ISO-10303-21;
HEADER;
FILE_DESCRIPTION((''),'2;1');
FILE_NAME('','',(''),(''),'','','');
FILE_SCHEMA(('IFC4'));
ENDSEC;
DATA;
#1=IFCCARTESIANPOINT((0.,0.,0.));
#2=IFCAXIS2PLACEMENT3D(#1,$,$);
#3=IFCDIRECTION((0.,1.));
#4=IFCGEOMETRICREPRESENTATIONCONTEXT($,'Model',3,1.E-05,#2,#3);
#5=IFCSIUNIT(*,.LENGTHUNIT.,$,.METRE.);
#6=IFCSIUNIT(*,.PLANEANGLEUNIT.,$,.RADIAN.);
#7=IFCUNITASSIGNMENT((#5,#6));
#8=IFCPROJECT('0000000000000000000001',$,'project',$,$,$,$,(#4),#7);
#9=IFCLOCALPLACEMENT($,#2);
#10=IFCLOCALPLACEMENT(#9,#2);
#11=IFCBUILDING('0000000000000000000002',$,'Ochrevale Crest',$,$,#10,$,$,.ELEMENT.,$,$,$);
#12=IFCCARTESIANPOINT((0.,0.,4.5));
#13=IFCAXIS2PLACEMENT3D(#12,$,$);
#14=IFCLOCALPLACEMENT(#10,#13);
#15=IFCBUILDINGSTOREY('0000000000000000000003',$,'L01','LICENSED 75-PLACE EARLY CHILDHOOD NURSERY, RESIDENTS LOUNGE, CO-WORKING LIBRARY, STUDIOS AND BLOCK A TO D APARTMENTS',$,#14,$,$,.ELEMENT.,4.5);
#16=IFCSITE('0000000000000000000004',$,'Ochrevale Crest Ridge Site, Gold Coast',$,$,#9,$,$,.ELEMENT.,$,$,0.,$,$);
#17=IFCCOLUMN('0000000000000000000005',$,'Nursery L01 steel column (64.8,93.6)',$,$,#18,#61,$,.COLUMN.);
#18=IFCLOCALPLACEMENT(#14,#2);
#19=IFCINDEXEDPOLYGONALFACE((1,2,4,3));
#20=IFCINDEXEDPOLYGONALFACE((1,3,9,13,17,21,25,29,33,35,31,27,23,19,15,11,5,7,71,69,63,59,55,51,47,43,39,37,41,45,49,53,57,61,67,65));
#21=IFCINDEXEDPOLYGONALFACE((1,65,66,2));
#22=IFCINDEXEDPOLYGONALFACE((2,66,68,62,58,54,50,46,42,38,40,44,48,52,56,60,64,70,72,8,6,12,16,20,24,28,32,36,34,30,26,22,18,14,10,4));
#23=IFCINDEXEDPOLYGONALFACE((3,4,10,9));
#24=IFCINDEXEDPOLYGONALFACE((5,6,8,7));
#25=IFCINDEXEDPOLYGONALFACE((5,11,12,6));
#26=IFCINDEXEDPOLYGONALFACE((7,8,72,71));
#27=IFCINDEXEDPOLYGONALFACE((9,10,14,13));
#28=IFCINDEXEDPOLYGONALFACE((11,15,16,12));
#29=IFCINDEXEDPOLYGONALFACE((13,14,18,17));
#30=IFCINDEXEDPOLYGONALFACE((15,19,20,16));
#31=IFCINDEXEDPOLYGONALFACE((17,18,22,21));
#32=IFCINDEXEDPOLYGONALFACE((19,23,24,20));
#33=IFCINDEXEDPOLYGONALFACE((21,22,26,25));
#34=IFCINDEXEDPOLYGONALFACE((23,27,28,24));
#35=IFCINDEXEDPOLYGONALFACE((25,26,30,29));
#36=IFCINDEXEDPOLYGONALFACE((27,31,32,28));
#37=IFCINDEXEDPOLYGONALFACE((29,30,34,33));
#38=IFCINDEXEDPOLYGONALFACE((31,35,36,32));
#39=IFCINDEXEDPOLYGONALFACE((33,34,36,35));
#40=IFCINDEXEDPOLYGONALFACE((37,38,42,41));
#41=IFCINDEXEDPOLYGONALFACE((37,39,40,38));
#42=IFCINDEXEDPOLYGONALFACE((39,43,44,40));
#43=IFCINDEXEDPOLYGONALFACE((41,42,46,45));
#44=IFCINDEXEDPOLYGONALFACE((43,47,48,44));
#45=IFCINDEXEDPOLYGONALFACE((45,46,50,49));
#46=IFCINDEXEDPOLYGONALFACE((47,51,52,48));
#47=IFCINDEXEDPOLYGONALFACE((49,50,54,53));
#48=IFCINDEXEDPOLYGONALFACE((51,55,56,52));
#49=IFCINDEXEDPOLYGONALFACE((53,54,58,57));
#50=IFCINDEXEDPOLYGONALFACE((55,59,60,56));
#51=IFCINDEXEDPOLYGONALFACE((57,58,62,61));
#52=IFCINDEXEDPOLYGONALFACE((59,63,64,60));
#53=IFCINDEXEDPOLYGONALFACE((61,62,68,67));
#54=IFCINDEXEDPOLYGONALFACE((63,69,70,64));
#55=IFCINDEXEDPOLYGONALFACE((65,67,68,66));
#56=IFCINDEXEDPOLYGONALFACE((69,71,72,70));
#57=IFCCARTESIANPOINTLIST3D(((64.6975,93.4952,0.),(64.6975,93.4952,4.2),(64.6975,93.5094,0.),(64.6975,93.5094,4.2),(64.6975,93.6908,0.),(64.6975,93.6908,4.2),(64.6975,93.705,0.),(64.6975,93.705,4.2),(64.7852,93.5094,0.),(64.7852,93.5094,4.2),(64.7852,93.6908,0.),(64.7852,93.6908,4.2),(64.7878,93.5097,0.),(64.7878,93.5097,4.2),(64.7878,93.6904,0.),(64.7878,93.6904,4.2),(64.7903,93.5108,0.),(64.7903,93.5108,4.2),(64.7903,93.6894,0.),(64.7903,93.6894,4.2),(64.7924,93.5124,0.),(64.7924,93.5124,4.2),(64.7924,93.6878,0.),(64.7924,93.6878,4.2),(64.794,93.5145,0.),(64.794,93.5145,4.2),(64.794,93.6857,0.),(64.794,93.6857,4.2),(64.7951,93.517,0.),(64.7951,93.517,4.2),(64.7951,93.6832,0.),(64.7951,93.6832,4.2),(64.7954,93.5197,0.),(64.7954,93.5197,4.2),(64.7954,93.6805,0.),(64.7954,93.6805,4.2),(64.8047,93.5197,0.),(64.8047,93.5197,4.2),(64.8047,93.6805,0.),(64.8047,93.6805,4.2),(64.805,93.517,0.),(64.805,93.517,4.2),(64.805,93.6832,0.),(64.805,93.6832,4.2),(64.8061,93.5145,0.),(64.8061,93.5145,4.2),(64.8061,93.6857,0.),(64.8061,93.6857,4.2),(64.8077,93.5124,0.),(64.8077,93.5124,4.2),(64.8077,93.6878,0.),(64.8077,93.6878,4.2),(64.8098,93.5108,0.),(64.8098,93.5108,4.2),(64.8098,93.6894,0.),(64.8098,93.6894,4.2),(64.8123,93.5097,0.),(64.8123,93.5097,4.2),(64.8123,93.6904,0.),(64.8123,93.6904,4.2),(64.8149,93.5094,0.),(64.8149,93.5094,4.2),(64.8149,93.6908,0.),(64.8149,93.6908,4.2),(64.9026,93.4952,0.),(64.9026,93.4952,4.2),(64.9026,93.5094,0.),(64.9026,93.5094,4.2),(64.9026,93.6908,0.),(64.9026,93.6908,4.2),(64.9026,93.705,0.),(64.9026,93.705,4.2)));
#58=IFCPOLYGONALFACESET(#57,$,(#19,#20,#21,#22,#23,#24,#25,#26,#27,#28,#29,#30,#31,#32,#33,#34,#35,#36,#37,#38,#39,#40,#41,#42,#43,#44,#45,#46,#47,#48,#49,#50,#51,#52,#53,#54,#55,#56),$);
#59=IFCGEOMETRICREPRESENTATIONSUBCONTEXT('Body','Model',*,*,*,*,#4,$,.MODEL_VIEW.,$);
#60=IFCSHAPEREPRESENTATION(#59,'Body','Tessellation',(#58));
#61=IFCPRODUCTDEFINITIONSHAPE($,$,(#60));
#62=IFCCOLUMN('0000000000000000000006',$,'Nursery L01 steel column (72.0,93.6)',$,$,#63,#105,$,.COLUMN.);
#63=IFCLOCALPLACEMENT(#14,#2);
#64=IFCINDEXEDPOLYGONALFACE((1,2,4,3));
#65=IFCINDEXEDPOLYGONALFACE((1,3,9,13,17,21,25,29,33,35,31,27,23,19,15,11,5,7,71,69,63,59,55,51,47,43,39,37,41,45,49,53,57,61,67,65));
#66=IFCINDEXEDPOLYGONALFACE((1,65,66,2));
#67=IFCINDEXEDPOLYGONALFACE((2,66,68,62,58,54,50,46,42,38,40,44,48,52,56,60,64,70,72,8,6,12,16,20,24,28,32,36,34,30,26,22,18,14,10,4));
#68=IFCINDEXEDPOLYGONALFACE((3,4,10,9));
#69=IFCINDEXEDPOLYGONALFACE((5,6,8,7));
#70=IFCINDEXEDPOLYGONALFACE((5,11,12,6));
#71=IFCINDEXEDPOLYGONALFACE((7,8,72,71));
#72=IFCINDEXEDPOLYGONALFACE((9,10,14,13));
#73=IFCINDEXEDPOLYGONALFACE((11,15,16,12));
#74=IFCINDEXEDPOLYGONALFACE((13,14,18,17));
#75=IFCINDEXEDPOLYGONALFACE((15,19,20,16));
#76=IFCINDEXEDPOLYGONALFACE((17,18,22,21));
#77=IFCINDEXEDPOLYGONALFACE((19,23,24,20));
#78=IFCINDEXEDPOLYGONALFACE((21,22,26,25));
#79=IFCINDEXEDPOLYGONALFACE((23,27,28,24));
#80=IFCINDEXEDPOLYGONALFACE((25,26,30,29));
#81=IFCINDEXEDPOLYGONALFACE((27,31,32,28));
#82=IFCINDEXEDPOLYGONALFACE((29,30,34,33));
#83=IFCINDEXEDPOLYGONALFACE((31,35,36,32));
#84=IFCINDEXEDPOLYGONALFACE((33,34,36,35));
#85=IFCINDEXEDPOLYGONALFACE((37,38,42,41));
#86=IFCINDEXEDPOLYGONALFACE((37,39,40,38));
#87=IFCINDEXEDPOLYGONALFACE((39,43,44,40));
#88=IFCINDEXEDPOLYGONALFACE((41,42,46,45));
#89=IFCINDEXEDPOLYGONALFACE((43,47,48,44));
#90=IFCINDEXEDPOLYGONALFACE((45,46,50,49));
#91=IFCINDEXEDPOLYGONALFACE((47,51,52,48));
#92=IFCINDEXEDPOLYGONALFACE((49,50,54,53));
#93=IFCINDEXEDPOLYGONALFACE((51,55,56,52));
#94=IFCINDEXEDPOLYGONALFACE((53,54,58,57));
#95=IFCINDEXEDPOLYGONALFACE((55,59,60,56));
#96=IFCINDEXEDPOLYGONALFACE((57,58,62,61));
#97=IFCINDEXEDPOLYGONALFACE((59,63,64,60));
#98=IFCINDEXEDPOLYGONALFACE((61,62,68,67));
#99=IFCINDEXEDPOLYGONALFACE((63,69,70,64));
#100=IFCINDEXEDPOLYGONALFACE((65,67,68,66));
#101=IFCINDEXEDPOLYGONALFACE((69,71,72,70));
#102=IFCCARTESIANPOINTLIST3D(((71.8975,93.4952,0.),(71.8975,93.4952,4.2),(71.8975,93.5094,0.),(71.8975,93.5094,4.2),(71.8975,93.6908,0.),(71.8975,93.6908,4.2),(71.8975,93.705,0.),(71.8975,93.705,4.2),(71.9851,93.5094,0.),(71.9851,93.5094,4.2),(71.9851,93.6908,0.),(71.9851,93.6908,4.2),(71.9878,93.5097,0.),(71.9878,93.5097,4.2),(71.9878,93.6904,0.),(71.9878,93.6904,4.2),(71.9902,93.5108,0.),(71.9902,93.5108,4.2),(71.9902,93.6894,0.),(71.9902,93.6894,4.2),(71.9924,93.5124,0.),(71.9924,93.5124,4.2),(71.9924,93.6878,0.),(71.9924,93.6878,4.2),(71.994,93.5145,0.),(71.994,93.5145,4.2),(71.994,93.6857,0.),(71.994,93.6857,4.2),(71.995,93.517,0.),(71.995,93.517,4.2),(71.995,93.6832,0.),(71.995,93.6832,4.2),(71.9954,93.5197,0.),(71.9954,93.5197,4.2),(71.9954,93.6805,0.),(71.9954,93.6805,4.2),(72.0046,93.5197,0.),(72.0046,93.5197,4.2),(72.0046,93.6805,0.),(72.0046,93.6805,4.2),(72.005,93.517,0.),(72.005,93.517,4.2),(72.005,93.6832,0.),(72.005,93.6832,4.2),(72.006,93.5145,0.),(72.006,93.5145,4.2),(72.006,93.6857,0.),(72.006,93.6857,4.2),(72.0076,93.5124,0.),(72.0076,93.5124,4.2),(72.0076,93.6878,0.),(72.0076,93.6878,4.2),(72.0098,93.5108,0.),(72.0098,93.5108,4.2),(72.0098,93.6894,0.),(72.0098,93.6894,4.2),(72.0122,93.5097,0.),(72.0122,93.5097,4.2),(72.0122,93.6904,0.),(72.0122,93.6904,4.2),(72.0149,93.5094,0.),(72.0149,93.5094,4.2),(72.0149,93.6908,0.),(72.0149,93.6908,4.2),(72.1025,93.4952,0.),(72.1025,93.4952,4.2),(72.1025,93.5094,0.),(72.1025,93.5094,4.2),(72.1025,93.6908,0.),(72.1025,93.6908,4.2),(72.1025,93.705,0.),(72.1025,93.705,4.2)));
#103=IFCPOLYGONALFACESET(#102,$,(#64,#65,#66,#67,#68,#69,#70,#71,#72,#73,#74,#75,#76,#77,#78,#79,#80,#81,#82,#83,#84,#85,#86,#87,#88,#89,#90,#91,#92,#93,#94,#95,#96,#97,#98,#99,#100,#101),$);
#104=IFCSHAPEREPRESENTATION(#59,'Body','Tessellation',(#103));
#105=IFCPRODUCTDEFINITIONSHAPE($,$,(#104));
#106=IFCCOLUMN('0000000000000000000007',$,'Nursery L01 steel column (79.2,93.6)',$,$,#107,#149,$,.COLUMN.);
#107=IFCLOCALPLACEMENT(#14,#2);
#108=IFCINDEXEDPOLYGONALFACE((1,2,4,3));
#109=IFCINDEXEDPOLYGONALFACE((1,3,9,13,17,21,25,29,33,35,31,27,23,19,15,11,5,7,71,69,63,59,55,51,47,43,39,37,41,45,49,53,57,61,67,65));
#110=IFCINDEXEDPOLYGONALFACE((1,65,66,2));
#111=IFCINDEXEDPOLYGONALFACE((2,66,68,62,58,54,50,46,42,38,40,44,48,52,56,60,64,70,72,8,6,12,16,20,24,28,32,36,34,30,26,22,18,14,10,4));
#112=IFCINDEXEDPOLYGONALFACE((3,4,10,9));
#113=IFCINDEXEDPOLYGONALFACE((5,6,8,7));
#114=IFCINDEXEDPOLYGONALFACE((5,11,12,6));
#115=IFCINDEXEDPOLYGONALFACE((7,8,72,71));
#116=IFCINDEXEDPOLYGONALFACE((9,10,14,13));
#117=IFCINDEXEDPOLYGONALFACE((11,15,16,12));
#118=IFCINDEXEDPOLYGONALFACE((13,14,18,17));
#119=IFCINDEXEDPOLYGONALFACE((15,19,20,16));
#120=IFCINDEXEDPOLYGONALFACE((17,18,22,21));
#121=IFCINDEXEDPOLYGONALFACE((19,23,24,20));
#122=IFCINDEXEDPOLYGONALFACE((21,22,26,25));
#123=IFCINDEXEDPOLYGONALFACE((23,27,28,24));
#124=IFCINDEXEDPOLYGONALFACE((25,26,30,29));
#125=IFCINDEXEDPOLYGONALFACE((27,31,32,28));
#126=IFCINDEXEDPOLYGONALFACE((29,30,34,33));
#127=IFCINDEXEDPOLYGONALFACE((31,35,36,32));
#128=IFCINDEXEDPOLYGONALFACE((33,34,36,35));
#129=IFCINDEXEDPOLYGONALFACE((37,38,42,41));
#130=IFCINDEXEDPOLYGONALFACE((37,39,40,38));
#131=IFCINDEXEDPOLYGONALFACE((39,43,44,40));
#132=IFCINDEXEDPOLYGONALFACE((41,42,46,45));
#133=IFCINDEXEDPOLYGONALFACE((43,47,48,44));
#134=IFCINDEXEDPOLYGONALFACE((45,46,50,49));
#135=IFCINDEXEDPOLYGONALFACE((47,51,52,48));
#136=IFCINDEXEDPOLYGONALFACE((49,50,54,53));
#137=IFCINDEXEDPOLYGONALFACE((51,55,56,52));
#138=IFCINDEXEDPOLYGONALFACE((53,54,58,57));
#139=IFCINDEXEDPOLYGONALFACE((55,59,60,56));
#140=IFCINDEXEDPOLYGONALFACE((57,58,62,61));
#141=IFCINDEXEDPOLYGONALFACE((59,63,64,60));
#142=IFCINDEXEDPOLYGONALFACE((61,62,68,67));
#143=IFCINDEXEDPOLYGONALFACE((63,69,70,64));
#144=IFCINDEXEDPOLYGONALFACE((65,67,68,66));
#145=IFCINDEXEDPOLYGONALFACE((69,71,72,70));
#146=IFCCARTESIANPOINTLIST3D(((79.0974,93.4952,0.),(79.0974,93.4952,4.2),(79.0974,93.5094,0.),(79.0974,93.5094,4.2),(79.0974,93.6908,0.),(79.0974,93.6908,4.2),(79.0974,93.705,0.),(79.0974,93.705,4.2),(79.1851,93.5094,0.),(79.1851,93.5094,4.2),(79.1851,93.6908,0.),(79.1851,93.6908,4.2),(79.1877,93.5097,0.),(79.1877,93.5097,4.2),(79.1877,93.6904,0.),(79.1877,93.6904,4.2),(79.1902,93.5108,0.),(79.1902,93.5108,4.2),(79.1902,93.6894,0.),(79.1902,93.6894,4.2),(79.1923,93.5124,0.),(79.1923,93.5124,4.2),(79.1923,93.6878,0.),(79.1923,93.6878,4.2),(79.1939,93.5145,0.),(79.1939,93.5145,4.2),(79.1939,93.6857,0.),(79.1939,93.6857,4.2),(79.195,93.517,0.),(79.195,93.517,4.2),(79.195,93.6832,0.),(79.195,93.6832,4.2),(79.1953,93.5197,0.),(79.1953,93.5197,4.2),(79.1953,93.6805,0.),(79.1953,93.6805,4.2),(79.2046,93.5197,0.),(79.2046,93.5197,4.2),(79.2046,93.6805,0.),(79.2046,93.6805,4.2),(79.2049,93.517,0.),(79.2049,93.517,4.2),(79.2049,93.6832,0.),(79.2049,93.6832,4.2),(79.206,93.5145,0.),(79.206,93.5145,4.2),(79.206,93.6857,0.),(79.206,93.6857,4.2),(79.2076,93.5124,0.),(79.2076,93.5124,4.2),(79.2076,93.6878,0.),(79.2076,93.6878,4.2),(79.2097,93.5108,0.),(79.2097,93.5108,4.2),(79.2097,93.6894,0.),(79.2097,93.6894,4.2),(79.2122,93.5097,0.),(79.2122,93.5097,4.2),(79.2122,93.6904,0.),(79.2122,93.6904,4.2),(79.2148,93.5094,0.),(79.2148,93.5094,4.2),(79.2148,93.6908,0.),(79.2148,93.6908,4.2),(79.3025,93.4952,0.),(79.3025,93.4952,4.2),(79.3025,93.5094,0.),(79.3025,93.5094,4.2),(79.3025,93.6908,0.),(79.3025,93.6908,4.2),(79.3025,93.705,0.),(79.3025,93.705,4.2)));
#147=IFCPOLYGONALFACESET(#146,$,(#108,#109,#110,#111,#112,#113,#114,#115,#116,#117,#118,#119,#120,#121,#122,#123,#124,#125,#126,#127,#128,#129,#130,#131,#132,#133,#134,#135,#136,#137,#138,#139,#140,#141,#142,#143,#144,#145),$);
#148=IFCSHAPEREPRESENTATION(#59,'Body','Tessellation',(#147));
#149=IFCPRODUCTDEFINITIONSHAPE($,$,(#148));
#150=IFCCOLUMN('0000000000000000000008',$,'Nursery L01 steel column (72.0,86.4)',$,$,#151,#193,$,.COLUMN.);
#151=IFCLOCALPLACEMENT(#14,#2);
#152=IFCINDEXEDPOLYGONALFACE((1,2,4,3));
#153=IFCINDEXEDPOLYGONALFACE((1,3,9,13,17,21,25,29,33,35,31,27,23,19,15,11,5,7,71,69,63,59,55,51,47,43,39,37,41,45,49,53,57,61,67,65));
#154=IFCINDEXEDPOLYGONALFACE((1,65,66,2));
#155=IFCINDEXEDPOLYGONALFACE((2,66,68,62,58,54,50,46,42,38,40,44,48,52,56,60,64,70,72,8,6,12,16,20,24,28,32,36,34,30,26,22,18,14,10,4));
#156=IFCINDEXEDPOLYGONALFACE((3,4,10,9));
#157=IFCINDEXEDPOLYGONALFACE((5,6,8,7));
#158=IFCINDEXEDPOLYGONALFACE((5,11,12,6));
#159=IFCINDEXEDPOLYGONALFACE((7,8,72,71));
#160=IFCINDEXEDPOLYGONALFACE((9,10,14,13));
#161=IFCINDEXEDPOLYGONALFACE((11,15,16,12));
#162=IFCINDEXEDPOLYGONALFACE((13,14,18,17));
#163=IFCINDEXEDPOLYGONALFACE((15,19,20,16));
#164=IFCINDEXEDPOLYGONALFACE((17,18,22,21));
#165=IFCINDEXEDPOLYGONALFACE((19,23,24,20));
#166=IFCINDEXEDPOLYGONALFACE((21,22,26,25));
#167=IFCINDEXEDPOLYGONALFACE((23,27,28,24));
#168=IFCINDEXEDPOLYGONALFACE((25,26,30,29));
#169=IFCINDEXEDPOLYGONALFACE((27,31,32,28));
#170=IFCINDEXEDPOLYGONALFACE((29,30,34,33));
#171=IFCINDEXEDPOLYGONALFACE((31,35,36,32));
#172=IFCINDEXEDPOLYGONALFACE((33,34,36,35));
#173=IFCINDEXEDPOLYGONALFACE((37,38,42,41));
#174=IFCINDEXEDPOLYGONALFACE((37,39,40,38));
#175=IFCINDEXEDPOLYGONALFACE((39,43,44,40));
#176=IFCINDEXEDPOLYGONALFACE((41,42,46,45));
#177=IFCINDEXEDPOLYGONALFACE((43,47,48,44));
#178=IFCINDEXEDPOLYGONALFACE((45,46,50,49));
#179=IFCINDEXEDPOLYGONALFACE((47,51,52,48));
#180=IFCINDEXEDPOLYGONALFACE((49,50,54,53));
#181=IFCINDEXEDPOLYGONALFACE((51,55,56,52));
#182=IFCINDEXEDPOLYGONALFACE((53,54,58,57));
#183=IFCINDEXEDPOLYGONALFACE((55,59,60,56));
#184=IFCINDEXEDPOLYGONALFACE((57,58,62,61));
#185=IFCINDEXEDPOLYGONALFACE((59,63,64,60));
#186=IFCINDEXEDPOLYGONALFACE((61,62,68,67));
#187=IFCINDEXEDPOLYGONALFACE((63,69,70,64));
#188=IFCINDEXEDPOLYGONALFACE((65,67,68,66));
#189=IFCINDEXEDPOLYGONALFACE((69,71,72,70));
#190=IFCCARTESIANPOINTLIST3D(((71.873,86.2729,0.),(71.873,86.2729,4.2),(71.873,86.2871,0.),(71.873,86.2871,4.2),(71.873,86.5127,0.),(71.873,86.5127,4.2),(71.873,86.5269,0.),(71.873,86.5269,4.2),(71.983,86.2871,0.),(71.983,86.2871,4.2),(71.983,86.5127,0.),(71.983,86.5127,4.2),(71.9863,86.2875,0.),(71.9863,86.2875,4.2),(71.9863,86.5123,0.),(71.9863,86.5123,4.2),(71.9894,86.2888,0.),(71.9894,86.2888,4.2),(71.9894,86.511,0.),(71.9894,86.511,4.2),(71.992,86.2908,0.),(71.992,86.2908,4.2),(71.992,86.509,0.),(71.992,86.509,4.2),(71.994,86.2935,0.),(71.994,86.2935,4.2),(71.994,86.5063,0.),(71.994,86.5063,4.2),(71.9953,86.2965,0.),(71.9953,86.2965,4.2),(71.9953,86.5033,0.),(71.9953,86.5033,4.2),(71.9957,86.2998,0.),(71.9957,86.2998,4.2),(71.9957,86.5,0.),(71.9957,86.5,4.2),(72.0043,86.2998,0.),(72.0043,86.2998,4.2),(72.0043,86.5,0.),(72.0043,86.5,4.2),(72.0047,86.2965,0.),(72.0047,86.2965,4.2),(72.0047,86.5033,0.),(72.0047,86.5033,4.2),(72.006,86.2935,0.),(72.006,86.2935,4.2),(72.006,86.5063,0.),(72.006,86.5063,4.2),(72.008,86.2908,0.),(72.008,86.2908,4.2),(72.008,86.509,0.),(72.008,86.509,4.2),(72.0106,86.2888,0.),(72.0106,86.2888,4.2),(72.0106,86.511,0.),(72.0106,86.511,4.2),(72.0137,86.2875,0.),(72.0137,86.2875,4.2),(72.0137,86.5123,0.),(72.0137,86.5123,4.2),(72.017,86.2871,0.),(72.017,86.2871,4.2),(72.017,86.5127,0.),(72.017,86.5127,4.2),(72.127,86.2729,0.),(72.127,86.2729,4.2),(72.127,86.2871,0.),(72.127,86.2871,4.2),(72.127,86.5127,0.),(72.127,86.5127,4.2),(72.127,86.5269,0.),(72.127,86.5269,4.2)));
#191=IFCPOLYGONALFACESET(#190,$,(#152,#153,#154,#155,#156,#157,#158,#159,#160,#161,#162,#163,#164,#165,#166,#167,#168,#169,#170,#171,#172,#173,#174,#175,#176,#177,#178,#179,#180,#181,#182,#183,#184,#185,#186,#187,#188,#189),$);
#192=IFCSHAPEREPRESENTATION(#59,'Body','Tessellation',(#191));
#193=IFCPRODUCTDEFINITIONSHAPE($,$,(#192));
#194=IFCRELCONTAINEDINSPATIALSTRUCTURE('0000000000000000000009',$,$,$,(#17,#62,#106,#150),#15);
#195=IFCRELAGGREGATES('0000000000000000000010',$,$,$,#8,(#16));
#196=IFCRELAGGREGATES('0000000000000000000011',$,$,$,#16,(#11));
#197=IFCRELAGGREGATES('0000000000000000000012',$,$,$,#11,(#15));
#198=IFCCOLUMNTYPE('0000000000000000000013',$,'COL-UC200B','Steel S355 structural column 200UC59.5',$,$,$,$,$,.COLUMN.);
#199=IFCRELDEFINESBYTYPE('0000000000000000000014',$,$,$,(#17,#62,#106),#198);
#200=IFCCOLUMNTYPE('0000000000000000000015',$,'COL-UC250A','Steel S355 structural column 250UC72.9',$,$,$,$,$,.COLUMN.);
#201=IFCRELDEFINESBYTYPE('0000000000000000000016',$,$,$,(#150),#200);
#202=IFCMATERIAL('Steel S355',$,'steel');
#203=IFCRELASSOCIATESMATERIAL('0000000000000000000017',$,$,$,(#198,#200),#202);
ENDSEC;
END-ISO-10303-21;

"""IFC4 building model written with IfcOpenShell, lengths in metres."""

from ifc_helpers import new_model, si_unit, direction, frame, origin, origin_2d, place, context, subcontext, project, spatial, i_section, extrude, material, material_profile, profile_set, type_object, element, save


model = new_model("IFC4")

# Units and contexts
model_context = context("Model", 3, precision=1e-05, world=origin(), true_north=direction((0.0, 1.0)))
body_context = subcontext(model_context, "Body", "Model", "MODEL_VIEW")
ifc_project = project(units=[si_unit("LENGTHUNIT", "METRE"), si_unit("PLANEANGLEUNIT", "RADIAN")], contexts=[model_context])

# Site, building, storey
site_placement = place(None, origin())
site = spatial("IfcSite", under=ifc_project, at=site_placement, Name="Ochrevale Crest Ridge Site, Gold Coast", CompositionType="ELEMENT", RefElevation=0.0)
building_placement = place(site_placement, origin())
building = spatial("IfcBuilding", under=site, at=building_placement, Name="Ochrevale Crest", CompositionType="ELEMENT")
storey_placement = place(building_placement, frame((0.0, 0.0, 4.5)))
storey = spatial("IfcBuildingStorey", under=building, at=storey_placement, Name="L01", Description="LICENSED 75-PLACE EARLY CHILDHOOD NURSERY, RESIDENTS LOUNGE, CO-WORKING LIBRARY, STUDIOS AND BLOCK A TO D APARTMENTS", CompositionType="ELEMENT", Elevation=4.5)

# Columns
ifc_material_1 = material(Name="Steel S355", Category="steel")
ifc_material_profile_1 = material_profile(ifc_material_1, i_section(OverallWidth=0.2051, OverallDepth=0.2097, WebThickness=0.0093, FlangeThickness=0.0142, FilletRadius=0.0103, at=origin_2d()), Name="200UC59.5")
ifc_profile_set_1 = profile_set([ifc_material_profile_1], Name="Steel S355")
column_type_1 = type_object("IfcColumnType", Name="COL-UC200B", Description="Steel S355 structural column 200UC59.5", PredefinedType="COLUMN", material=ifc_profile_set_1)
for number, where, z_axis, x_axis, name in (
    (1, (64.8, 93.6001, 0.0), (0.0, 0.0, 1.0), (1.0, 0.0, 0.0), "Nursery L01 steel column (64.8,93.6)"),
    (2, (72.0, 93.6001, 0.0), (0.0, 0.0, 1.0), (1.0, 0.0, 0.0), "Nursery L01 steel column (72.0,93.6)"),
    (3, (79.2, 93.6001, 0.0), (0.0, 0.0, 1.0), (1.0, 0.0, 0.0), "Nursery L01 steel column (79.2,93.6)"),
):
    element("IfcColumn", number, at=place(storey_placement, frame(where, z_axis=z_axis, x_axis=x_axis)), inside=storey, type_object=column_type_1, Name=name, PredefinedType="COLUMN", context=body_context, shape_type="SweptSolid", body=[
        extrude(i_section(OverallWidth=0.2051, OverallDepth=0.2097, WebThickness=0.0093, FlangeThickness=0.0142, FilletRadius=0.0103, at=origin_2d()), origin(), (0.0, 0.0, 1.0), 4.2),
    ])
ifc_material_profile_2 = material_profile(ifc_material_1, i_section(OverallWidth=0.2539, OverallDepth=0.2539, WebThickness=0.0085, FlangeThickness=0.0142, FilletRadius=0.0127, at=origin_2d()), Name="250UC72.9")
ifc_profile_set_2 = profile_set([ifc_material_profile_2], Name="Steel S355")
column_type_2 = type_object("IfcColumnType", Name="COL-UC250A", Description="Steel S355 structural column 250UC72.9", PredefinedType="COLUMN", material=ifc_profile_set_2)
for number, where, z_axis, x_axis, name in (
    (4, (72.0, 86.3999, 0.0), (0.0, 0.0, 1.0), (1.0, 0.0, 0.0), "Nursery L01 steel column (72.0,86.4)"),
):
    element("IfcColumn", number, at=place(storey_placement, frame(where, z_axis=z_axis, x_axis=x_axis)), inside=storey, type_object=column_type_2, Name=name, PredefinedType="COLUMN", context=body_context, shape_type="SweptSolid", body=[
        extrude(i_section(OverallWidth=0.2539, OverallDepth=0.2539, WebThickness=0.0085, FlangeThickness=0.0142, FilletRadius=0.0127, at=origin_2d()), origin(), (0.0, 0.0, 1.0), 4.2),
    ])

save(model, "model.ifc")
